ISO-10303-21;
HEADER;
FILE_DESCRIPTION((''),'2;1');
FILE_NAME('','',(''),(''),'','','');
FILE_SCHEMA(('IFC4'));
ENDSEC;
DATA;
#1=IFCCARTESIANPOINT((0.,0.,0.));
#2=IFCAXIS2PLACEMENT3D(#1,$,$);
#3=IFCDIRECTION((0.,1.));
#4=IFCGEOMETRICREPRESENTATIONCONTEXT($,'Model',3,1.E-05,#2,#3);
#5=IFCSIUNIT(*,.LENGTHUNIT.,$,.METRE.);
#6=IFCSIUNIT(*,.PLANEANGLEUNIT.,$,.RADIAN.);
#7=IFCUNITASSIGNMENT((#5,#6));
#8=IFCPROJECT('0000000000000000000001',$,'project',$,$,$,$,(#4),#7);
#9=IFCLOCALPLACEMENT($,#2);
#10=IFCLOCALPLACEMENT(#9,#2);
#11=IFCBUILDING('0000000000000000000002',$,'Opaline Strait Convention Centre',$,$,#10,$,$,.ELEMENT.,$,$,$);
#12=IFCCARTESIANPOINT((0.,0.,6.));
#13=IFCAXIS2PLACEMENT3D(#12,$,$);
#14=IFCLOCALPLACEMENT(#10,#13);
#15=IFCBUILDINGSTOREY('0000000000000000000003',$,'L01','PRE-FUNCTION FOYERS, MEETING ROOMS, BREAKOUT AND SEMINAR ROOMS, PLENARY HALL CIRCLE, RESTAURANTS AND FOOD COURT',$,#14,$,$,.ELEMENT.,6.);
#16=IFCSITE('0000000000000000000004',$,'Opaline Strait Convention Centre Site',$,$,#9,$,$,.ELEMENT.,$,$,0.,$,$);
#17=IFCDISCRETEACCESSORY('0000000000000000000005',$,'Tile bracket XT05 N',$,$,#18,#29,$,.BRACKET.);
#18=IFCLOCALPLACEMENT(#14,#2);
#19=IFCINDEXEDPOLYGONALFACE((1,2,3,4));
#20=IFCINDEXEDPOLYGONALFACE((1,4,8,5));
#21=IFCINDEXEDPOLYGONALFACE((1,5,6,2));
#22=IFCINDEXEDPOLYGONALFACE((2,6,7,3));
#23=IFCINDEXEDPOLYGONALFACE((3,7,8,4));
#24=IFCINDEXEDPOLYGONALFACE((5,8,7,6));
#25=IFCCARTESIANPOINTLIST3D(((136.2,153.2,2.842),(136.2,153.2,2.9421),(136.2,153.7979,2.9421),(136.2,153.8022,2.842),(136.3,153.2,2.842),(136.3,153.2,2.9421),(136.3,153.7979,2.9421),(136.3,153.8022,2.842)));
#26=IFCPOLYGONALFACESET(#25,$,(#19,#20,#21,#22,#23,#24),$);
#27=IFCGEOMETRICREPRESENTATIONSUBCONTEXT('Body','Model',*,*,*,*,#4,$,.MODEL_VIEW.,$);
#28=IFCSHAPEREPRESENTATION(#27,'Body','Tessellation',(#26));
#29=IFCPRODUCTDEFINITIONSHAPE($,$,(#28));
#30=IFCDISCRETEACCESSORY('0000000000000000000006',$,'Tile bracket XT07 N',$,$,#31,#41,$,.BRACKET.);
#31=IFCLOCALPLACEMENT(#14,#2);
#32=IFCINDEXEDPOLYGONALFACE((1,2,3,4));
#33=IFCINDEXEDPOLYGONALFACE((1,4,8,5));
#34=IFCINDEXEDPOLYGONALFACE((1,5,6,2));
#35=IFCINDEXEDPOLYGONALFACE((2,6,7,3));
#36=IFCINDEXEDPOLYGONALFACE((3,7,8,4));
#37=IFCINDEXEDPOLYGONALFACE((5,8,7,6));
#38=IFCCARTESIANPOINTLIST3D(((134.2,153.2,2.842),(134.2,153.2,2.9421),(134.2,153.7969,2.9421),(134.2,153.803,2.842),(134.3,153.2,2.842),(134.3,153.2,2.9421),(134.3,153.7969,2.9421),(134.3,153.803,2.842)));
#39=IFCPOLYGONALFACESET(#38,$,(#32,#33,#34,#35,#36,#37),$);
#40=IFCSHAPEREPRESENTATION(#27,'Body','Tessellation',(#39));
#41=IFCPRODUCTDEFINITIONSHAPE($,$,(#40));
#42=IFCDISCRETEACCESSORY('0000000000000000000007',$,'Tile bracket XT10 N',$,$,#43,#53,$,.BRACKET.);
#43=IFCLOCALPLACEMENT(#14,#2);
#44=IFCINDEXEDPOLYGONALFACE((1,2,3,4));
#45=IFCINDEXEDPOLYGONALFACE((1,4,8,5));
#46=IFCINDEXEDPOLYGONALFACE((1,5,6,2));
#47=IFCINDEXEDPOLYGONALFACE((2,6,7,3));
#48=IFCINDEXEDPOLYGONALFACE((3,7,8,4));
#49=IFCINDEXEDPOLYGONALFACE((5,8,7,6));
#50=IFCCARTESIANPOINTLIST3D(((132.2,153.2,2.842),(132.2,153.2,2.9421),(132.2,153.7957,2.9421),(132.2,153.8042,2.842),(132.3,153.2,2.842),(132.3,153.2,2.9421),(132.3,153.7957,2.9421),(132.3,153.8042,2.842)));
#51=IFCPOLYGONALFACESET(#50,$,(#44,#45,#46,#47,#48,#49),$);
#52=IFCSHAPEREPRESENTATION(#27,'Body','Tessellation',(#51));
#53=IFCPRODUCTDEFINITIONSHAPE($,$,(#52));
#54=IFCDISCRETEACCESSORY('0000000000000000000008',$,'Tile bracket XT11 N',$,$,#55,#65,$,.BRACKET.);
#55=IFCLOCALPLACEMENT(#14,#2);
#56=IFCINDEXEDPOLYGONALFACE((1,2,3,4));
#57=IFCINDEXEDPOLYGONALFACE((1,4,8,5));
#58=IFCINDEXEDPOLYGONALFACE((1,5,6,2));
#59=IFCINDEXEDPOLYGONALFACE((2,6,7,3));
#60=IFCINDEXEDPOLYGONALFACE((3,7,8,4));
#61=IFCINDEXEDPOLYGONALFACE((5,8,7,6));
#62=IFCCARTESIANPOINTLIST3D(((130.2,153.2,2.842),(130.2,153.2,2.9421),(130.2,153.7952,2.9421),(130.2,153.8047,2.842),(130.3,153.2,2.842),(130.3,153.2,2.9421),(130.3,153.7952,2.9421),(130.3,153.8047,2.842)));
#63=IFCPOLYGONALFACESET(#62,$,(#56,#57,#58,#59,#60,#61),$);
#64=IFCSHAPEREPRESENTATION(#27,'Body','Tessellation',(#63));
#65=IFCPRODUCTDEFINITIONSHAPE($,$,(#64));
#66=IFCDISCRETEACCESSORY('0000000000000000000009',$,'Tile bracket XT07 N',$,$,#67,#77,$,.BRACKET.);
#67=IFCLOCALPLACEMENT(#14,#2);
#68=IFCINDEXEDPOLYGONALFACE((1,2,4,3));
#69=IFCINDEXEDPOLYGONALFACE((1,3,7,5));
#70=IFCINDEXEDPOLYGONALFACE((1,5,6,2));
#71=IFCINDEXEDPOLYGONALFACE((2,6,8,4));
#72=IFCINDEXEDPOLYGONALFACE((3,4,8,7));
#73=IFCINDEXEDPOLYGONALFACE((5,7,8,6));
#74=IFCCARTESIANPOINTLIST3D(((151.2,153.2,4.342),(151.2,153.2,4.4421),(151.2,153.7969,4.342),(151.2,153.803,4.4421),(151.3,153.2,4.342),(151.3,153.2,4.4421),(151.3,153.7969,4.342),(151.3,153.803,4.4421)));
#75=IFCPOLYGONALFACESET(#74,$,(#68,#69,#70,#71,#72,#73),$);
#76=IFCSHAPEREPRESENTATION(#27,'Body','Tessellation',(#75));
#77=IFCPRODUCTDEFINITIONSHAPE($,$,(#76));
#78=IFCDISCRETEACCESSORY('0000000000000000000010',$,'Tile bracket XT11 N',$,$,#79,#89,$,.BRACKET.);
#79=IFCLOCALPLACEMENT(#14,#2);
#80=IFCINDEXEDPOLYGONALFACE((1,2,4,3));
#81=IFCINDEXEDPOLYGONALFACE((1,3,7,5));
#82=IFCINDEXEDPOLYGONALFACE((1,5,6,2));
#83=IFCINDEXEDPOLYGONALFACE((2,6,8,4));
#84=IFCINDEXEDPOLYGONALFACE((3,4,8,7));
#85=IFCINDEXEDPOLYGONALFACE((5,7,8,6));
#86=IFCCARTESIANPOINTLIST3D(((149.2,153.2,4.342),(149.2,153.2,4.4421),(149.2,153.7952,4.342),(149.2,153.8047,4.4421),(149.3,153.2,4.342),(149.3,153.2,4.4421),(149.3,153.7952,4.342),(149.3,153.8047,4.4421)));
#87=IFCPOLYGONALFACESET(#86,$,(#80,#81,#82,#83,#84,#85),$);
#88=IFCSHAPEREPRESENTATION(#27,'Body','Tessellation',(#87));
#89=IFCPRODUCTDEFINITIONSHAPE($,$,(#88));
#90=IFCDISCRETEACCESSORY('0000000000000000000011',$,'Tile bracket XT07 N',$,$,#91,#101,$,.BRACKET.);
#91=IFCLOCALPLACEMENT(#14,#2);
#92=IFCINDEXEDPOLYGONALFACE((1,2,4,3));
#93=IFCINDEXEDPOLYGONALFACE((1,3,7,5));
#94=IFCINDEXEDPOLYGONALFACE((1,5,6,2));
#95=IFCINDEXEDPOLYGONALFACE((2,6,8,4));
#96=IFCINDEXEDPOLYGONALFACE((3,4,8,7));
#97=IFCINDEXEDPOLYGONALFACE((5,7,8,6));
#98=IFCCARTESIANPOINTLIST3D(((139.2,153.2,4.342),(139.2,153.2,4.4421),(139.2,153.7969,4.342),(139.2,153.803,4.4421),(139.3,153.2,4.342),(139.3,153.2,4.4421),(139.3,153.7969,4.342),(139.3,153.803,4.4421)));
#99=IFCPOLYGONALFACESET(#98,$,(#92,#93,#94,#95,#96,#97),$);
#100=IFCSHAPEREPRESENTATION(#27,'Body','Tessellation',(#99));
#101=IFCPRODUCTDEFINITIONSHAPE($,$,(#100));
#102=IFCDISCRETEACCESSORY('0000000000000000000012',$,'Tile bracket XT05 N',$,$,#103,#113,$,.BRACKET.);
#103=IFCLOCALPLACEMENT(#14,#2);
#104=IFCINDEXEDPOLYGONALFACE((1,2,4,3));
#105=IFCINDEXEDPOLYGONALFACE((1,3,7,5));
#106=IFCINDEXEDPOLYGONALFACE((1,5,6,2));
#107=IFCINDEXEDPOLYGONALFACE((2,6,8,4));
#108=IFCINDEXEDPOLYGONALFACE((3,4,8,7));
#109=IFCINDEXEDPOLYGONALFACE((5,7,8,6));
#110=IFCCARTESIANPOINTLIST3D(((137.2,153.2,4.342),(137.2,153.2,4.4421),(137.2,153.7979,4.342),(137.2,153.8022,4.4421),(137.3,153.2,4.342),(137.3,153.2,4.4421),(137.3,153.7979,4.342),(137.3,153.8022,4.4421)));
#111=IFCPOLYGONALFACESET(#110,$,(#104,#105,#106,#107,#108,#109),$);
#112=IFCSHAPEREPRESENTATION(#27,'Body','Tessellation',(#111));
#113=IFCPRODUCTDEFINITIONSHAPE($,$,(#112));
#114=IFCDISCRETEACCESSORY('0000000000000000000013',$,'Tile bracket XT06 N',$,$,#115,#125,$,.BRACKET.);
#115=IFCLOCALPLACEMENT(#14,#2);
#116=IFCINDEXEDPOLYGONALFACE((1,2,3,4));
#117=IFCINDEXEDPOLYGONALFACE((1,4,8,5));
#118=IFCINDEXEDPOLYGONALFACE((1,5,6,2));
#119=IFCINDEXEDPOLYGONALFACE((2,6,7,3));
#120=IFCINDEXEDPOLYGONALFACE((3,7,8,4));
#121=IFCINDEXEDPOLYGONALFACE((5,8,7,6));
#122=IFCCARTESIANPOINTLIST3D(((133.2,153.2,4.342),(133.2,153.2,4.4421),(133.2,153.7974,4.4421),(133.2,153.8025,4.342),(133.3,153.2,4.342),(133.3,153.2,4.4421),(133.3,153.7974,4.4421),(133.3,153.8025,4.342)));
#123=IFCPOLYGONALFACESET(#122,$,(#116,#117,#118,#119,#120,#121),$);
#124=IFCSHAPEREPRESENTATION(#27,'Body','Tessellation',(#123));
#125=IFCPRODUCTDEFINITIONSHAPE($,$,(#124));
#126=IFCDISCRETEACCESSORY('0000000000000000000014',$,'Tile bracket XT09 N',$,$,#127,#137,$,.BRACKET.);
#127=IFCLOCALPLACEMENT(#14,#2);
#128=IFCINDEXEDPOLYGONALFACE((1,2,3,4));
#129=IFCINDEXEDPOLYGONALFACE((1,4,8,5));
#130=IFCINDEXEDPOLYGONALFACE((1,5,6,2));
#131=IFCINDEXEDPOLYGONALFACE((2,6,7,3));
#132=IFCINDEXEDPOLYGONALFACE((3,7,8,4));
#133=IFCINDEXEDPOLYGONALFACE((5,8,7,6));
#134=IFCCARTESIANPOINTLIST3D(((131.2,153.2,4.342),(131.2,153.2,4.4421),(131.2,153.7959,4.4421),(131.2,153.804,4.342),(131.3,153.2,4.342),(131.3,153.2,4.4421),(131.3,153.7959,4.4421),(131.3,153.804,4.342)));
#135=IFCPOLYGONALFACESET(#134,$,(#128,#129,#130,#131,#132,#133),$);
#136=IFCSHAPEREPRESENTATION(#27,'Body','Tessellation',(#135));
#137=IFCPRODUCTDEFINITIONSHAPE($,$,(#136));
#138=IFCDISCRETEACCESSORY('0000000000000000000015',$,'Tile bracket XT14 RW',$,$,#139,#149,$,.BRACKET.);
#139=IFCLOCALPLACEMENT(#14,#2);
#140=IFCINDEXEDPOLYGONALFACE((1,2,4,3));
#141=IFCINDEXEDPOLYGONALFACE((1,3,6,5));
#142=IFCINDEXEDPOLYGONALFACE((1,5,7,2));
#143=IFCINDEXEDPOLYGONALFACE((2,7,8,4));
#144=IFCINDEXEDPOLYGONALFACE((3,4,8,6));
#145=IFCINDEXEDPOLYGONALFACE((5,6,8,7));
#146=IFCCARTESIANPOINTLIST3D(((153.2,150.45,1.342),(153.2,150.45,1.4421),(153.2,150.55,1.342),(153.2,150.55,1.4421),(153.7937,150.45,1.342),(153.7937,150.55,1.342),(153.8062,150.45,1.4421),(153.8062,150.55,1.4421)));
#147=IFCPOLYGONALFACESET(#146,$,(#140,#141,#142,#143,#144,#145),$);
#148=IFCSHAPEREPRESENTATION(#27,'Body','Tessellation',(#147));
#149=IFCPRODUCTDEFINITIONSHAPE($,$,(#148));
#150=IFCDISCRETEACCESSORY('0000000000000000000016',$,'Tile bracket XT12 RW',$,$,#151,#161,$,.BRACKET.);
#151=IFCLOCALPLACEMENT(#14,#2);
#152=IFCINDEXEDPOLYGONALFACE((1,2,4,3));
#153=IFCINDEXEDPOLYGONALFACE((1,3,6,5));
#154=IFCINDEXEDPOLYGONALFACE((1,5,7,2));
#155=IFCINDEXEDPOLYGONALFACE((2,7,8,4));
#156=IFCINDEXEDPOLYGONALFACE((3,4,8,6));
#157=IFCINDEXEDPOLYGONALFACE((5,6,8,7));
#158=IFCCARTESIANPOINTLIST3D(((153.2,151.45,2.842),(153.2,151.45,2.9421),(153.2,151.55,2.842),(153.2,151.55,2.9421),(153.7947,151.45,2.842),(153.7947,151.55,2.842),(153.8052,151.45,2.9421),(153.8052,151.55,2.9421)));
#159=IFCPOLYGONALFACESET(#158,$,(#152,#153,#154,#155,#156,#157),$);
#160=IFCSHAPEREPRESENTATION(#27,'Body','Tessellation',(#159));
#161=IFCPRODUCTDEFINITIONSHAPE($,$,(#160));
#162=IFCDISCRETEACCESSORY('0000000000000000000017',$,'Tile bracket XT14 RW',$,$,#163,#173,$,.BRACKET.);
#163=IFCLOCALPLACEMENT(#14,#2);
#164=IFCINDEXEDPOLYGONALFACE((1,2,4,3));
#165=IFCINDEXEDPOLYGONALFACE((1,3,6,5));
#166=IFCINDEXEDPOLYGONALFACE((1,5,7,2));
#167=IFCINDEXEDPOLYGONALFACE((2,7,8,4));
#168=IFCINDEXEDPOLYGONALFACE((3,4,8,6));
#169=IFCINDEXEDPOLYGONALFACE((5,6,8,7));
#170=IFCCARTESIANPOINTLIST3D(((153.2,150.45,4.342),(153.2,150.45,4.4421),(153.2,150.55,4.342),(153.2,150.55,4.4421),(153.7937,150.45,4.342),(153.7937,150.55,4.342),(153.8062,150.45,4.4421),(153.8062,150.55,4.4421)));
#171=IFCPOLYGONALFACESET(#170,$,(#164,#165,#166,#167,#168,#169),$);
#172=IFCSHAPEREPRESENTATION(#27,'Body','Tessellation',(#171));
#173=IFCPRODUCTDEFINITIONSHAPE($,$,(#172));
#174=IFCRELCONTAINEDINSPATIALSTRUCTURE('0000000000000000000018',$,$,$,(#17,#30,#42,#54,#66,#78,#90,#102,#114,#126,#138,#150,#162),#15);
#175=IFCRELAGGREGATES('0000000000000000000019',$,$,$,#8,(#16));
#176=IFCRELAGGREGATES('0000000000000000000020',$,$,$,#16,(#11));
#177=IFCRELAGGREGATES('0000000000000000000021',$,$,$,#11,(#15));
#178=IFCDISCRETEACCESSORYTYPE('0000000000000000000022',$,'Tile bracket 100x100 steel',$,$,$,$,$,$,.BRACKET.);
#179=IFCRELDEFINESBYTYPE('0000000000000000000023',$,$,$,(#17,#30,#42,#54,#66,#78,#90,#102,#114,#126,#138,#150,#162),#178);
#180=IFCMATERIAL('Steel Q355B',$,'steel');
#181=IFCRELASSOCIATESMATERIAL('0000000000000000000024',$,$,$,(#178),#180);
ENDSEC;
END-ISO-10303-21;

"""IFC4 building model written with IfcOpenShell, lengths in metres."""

from ifc_helpers import new_model, si_unit, direction, frame, origin, place, context, subcontext, project, spatial, polyline, outline, extrude, material, type_object, element, save


model = new_model("IFC4")

# Units and contexts
model_context = context("Model", 3, precision=1e-05, world=origin(), true_north=direction((0.0, 1.0)))
body_context = subcontext(model_context, "Body", "Model", "MODEL_VIEW")
ifc_project = project(units=[si_unit("LENGTHUNIT", "METRE"), si_unit("PLANEANGLEUNIT", "RADIAN")], contexts=[model_context])

# Site, building, storey
site_placement = place(None, origin())
site = spatial("IfcSite", under=ifc_project, at=site_placement, Name="Opaline Strait Convention Centre Site", CompositionType="ELEMENT", RefElevation=0.0)
building_placement = place(site_placement, origin())
building = spatial("IfcBuilding", under=site, at=building_placement, Name="Opaline Strait Convention Centre", CompositionType="ELEMENT")
storey_placement = place(building_placement, frame((0.0, 0.0, 6.0)))
storey = spatial("IfcBuildingStorey", under=building, at=storey_placement, Name="L01", Description="PRE-FUNCTION FOYERS, MEETING ROOMS, BREAKOUT AND SEMINAR ROOMS, PLENARY HALL CIRCLE, RESTAURANTS AND FOOD COURT", CompositionType="ELEMENT", Elevation=6.0)

# Shared definitions
ifc_material_1 = material(Name="Steel Q355B", Category="steel")

# Discrete accessories
discrete_accessory_type = type_object("IfcDiscreteAccessoryType", Name="Tile bracket 100x100 steel", PredefinedType="BRACKET", material=ifc_material_1)
discrete_accessory_1_placement = place(storey_placement, frame((136.3, 153.2, 2.8921), z_axis=(-1.0, 0.0, 0.0), x_axis=(0.0, -1.0, 0.0)))
element("IfcDiscreteAccessory", 1, at=discrete_accessory_1_placement, inside=storey, type_object=discrete_accessory_type, Name="Tile bracket XT05 N", PredefinedType="BRACKET", context=body_context, shape_type="SweptSolid", body=[
    extrude(outline(polyline([(0.0, -0.05), (0.0, 0.05), (-0.5979, 0.05), (-0.6023, -0.05), (0.0, -0.05)])), origin(), (0.0, 0.0, 1.0), 0.1001),
])
discrete_accessory_2_placement = place(storey_placement, frame((134.3, 153.2, 2.8921), z_axis=(-1.0, 0.0, 0.0), x_axis=(0.0, -1.0, 0.0)))
element("IfcDiscreteAccessory", 2, at=discrete_accessory_2_placement, inside=storey, type_object=discrete_accessory_type, Name="Tile bracket XT07 N", PredefinedType="BRACKET", context=body_context, shape_type="SweptSolid", body=[
    extrude(outline(polyline([(0.0, -0.05), (0.0, 0.05), (-0.5969, 0.05), (-0.603, -0.05), (0.0, -0.05)])), origin(), (0.0, 0.0, 1.0), 0.1001),
])
discrete_accessory_3_placement = place(storey_placement, frame((132.3, 153.2, 2.8921), z_axis=(-1.0, 0.0, 0.0), x_axis=(0.0, -1.0, 0.0)))
element("IfcDiscreteAccessory", 3, at=discrete_accessory_3_placement, inside=storey, type_object=discrete_accessory_type, Name="Tile bracket XT10 N", PredefinedType="BRACKET", context=body_context, shape_type="SweptSolid", body=[
    extrude(outline(polyline([(0.0, -0.05), (0.0, 0.05), (-0.5957, 0.05), (-0.6042, -0.05), (0.0, -0.05)])), origin(), (0.0, 0.0, 1.0), 0.1001),
])
discrete_accessory_4_placement = place(storey_placement, frame((130.3, 153.2, 2.8921), z_axis=(-1.0, 0.0, 0.0), x_axis=(0.0, -1.0, 0.0)))
element("IfcDiscreteAccessory", 4, at=discrete_accessory_4_placement, inside=storey, type_object=discrete_accessory_type, Name="Tile bracket XT11 N", PredefinedType="BRACKET", context=body_context, shape_type="SweptSolid", body=[
    extrude(outline(polyline([(0.0, -0.05), (0.0, 0.05), (-0.5952, 0.05), (-0.6047, -0.05), (0.0, -0.05)])), origin(), (0.0, 0.0, 1.0), 0.1001),
])
discrete_accessory_5_placement = place(storey_placement, frame((151.3, 153.2, 4.3921), z_axis=(-1.0, 0.0, 0.0), x_axis=(0.0, -1.0, 0.0)))
element("IfcDiscreteAccessory", 5, at=discrete_accessory_5_placement, inside=storey, type_object=discrete_accessory_type, Name="Tile bracket XT07 N", PredefinedType="BRACKET", context=body_context, shape_type="SweptSolid", body=[
    extrude(outline(polyline([(0.0, -0.05), (0.0, 0.05), (-0.603, 0.05), (-0.5969, -0.05), (0.0, -0.05)])), origin(), (0.0, 0.0, 1.0), 0.1001),
])
discrete_accessory_6_placement = place(storey_placement, frame((149.3, 153.2, 4.3921), z_axis=(-1.0, 0.0, 0.0), x_axis=(0.0, -1.0, 0.0)))
element("IfcDiscreteAccessory", 6, at=discrete_accessory_6_placement, inside=storey, type_object=discrete_accessory_type, Name="Tile bracket XT11 N", PredefinedType="BRACKET", context=body_context, shape_type="SweptSolid", body=[
    extrude(outline(polyline([(0.0, -0.05), (0.0, 0.05), (-0.6047, 0.05), (-0.5952, -0.05), (0.0, -0.05)])), origin(), (0.0, 0.0, 1.0), 0.1001),
])
discrete_accessory_7_placement = place(storey_placement, frame((139.3, 153.2, 4.3921), z_axis=(-1.0, 0.0, 0.0), x_axis=(0.0, -1.0, 0.0)))
element("IfcDiscreteAccessory", 7, at=discrete_accessory_7_placement, inside=storey, type_object=discrete_accessory_type, Name="Tile bracket XT07 N", PredefinedType="BRACKET", context=body_context, shape_type="SweptSolid", body=[
    extrude(outline(polyline([(0.0, -0.05), (0.0, 0.05), (-0.603, 0.05), (-0.5969, -0.05), (0.0, -0.05)])), origin(), (0.0, 0.0, 1.0), 0.1001),
])
discrete_accessory_8_placement = place(storey_placement, frame((137.3, 153.2, 4.3921), z_axis=(-1.0, 0.0, 0.0), x_axis=(0.0, -1.0, 0.0)))
element("IfcDiscreteAccessory", 8, at=discrete_accessory_8_placement, inside=storey, type_object=discrete_accessory_type, Name="Tile bracket XT05 N", PredefinedType="BRACKET", context=body_context, shape_type="SweptSolid", body=[
    extrude(outline(polyline([(0.0, -0.05), (0.0, 0.05), (-0.6023, 0.05), (-0.5979, -0.05), (0.0, -0.05)])), origin(), (0.0, 0.0, 1.0), 0.1001),
])
discrete_accessory_9_placement = place(storey_placement, frame((133.3, 153.2, 4.3921), z_axis=(-1.0, 0.0, 0.0), x_axis=(0.0, -1.0, 0.0)))
element("IfcDiscreteAccessory", 9, at=discrete_accessory_9_placement, inside=storey, type_object=discrete_accessory_type, Name="Tile bracket XT06 N", PredefinedType="BRACKET", context=body_context, shape_type="SweptSolid", body=[
    extrude(outline(polyline([(0.0, -0.05), (0.0, 0.05), (-0.5974, 0.05), (-0.6025, -0.05), (0.0, -0.05)])), origin(), (0.0, 0.0, 1.0), 0.1001),
])
discrete_accessory_10_placement = place(storey_placement, frame((131.3, 153.2, 4.3921), z_axis=(-1.0, 0.0, 0.0), x_axis=(0.0, -1.0, 0.0)))
element("IfcDiscreteAccessory", 10, at=discrete_accessory_10_placement, inside=storey, type_object=discrete_accessory_type, Name="Tile bracket XT09 N", PredefinedType="BRACKET", context=body_context, shape_type="SweptSolid", body=[
    extrude(outline(polyline([(0.0, -0.05), (0.0, 0.05), (-0.5959, 0.05), (-0.604, -0.05), (0.0, -0.05)])), origin(), (0.0, 0.0, 1.0), 0.1001),
])
discrete_accessory_11_placement = place(storey_placement, frame((153.2, 150.45, 1.3921), z_axis=(0.0, 1.0, 0.0), x_axis=(-1.0, 0.0, 0.0)))
element("IfcDiscreteAccessory", 11, at=discrete_accessory_11_placement, inside=storey, type_object=discrete_accessory_type, Name="Tile bracket XT14 RW", PredefinedType="BRACKET", context=body_context, shape_type="SweptSolid", body=[
    extrude(outline(polyline([(0.0, -0.05), (0.0, 0.05), (-0.6062, 0.05), (-0.5938, -0.05), (0.0, -0.05)])), origin(), (0.0, 0.0, 1.0), 0.1001),
])
discrete_accessory_12_placement = place(storey_placement, frame((153.2, 151.45, 2.8921), z_axis=(0.0, 1.0, 0.0), x_axis=(-1.0, 0.0, 0.0)))
element("IfcDiscreteAccessory", 12, at=discrete_accessory_12_placement, inside=storey, type_object=discrete_accessory_type, Name="Tile bracket XT12 RW", PredefinedType="BRACKET", context=body_context, shape_type="SweptSolid", body=[
    extrude(outline(polyline([(0.0, -0.05), (0.0, 0.05), (-0.6052, 0.05), (-0.5947, -0.05), (0.0, -0.05)])), origin(), (0.0, 0.0, 1.0), 0.1001),
])
discrete_accessory_13_placement = place(storey_placement, frame((153.2, 150.45, 4.3921), z_axis=(0.0, 1.0, 0.0), x_axis=(-1.0, 0.0, 0.0)))
element("IfcDiscreteAccessory", 13, at=discrete_accessory_13_placement, inside=storey, type_object=discrete_accessory_type, Name="Tile bracket XT14 RW", PredefinedType="BRACKET", context=body_context, shape_type="SweptSolid", body=[
    extrude(outline(polyline([(0.0, -0.05), (0.0, 0.05), (-0.6062, 0.05), (-0.5938, -0.05), (0.0, -0.05)])), origin(), (0.0, 0.0, 1.0), 0.1001),
])

save(model, "model.ifc")
